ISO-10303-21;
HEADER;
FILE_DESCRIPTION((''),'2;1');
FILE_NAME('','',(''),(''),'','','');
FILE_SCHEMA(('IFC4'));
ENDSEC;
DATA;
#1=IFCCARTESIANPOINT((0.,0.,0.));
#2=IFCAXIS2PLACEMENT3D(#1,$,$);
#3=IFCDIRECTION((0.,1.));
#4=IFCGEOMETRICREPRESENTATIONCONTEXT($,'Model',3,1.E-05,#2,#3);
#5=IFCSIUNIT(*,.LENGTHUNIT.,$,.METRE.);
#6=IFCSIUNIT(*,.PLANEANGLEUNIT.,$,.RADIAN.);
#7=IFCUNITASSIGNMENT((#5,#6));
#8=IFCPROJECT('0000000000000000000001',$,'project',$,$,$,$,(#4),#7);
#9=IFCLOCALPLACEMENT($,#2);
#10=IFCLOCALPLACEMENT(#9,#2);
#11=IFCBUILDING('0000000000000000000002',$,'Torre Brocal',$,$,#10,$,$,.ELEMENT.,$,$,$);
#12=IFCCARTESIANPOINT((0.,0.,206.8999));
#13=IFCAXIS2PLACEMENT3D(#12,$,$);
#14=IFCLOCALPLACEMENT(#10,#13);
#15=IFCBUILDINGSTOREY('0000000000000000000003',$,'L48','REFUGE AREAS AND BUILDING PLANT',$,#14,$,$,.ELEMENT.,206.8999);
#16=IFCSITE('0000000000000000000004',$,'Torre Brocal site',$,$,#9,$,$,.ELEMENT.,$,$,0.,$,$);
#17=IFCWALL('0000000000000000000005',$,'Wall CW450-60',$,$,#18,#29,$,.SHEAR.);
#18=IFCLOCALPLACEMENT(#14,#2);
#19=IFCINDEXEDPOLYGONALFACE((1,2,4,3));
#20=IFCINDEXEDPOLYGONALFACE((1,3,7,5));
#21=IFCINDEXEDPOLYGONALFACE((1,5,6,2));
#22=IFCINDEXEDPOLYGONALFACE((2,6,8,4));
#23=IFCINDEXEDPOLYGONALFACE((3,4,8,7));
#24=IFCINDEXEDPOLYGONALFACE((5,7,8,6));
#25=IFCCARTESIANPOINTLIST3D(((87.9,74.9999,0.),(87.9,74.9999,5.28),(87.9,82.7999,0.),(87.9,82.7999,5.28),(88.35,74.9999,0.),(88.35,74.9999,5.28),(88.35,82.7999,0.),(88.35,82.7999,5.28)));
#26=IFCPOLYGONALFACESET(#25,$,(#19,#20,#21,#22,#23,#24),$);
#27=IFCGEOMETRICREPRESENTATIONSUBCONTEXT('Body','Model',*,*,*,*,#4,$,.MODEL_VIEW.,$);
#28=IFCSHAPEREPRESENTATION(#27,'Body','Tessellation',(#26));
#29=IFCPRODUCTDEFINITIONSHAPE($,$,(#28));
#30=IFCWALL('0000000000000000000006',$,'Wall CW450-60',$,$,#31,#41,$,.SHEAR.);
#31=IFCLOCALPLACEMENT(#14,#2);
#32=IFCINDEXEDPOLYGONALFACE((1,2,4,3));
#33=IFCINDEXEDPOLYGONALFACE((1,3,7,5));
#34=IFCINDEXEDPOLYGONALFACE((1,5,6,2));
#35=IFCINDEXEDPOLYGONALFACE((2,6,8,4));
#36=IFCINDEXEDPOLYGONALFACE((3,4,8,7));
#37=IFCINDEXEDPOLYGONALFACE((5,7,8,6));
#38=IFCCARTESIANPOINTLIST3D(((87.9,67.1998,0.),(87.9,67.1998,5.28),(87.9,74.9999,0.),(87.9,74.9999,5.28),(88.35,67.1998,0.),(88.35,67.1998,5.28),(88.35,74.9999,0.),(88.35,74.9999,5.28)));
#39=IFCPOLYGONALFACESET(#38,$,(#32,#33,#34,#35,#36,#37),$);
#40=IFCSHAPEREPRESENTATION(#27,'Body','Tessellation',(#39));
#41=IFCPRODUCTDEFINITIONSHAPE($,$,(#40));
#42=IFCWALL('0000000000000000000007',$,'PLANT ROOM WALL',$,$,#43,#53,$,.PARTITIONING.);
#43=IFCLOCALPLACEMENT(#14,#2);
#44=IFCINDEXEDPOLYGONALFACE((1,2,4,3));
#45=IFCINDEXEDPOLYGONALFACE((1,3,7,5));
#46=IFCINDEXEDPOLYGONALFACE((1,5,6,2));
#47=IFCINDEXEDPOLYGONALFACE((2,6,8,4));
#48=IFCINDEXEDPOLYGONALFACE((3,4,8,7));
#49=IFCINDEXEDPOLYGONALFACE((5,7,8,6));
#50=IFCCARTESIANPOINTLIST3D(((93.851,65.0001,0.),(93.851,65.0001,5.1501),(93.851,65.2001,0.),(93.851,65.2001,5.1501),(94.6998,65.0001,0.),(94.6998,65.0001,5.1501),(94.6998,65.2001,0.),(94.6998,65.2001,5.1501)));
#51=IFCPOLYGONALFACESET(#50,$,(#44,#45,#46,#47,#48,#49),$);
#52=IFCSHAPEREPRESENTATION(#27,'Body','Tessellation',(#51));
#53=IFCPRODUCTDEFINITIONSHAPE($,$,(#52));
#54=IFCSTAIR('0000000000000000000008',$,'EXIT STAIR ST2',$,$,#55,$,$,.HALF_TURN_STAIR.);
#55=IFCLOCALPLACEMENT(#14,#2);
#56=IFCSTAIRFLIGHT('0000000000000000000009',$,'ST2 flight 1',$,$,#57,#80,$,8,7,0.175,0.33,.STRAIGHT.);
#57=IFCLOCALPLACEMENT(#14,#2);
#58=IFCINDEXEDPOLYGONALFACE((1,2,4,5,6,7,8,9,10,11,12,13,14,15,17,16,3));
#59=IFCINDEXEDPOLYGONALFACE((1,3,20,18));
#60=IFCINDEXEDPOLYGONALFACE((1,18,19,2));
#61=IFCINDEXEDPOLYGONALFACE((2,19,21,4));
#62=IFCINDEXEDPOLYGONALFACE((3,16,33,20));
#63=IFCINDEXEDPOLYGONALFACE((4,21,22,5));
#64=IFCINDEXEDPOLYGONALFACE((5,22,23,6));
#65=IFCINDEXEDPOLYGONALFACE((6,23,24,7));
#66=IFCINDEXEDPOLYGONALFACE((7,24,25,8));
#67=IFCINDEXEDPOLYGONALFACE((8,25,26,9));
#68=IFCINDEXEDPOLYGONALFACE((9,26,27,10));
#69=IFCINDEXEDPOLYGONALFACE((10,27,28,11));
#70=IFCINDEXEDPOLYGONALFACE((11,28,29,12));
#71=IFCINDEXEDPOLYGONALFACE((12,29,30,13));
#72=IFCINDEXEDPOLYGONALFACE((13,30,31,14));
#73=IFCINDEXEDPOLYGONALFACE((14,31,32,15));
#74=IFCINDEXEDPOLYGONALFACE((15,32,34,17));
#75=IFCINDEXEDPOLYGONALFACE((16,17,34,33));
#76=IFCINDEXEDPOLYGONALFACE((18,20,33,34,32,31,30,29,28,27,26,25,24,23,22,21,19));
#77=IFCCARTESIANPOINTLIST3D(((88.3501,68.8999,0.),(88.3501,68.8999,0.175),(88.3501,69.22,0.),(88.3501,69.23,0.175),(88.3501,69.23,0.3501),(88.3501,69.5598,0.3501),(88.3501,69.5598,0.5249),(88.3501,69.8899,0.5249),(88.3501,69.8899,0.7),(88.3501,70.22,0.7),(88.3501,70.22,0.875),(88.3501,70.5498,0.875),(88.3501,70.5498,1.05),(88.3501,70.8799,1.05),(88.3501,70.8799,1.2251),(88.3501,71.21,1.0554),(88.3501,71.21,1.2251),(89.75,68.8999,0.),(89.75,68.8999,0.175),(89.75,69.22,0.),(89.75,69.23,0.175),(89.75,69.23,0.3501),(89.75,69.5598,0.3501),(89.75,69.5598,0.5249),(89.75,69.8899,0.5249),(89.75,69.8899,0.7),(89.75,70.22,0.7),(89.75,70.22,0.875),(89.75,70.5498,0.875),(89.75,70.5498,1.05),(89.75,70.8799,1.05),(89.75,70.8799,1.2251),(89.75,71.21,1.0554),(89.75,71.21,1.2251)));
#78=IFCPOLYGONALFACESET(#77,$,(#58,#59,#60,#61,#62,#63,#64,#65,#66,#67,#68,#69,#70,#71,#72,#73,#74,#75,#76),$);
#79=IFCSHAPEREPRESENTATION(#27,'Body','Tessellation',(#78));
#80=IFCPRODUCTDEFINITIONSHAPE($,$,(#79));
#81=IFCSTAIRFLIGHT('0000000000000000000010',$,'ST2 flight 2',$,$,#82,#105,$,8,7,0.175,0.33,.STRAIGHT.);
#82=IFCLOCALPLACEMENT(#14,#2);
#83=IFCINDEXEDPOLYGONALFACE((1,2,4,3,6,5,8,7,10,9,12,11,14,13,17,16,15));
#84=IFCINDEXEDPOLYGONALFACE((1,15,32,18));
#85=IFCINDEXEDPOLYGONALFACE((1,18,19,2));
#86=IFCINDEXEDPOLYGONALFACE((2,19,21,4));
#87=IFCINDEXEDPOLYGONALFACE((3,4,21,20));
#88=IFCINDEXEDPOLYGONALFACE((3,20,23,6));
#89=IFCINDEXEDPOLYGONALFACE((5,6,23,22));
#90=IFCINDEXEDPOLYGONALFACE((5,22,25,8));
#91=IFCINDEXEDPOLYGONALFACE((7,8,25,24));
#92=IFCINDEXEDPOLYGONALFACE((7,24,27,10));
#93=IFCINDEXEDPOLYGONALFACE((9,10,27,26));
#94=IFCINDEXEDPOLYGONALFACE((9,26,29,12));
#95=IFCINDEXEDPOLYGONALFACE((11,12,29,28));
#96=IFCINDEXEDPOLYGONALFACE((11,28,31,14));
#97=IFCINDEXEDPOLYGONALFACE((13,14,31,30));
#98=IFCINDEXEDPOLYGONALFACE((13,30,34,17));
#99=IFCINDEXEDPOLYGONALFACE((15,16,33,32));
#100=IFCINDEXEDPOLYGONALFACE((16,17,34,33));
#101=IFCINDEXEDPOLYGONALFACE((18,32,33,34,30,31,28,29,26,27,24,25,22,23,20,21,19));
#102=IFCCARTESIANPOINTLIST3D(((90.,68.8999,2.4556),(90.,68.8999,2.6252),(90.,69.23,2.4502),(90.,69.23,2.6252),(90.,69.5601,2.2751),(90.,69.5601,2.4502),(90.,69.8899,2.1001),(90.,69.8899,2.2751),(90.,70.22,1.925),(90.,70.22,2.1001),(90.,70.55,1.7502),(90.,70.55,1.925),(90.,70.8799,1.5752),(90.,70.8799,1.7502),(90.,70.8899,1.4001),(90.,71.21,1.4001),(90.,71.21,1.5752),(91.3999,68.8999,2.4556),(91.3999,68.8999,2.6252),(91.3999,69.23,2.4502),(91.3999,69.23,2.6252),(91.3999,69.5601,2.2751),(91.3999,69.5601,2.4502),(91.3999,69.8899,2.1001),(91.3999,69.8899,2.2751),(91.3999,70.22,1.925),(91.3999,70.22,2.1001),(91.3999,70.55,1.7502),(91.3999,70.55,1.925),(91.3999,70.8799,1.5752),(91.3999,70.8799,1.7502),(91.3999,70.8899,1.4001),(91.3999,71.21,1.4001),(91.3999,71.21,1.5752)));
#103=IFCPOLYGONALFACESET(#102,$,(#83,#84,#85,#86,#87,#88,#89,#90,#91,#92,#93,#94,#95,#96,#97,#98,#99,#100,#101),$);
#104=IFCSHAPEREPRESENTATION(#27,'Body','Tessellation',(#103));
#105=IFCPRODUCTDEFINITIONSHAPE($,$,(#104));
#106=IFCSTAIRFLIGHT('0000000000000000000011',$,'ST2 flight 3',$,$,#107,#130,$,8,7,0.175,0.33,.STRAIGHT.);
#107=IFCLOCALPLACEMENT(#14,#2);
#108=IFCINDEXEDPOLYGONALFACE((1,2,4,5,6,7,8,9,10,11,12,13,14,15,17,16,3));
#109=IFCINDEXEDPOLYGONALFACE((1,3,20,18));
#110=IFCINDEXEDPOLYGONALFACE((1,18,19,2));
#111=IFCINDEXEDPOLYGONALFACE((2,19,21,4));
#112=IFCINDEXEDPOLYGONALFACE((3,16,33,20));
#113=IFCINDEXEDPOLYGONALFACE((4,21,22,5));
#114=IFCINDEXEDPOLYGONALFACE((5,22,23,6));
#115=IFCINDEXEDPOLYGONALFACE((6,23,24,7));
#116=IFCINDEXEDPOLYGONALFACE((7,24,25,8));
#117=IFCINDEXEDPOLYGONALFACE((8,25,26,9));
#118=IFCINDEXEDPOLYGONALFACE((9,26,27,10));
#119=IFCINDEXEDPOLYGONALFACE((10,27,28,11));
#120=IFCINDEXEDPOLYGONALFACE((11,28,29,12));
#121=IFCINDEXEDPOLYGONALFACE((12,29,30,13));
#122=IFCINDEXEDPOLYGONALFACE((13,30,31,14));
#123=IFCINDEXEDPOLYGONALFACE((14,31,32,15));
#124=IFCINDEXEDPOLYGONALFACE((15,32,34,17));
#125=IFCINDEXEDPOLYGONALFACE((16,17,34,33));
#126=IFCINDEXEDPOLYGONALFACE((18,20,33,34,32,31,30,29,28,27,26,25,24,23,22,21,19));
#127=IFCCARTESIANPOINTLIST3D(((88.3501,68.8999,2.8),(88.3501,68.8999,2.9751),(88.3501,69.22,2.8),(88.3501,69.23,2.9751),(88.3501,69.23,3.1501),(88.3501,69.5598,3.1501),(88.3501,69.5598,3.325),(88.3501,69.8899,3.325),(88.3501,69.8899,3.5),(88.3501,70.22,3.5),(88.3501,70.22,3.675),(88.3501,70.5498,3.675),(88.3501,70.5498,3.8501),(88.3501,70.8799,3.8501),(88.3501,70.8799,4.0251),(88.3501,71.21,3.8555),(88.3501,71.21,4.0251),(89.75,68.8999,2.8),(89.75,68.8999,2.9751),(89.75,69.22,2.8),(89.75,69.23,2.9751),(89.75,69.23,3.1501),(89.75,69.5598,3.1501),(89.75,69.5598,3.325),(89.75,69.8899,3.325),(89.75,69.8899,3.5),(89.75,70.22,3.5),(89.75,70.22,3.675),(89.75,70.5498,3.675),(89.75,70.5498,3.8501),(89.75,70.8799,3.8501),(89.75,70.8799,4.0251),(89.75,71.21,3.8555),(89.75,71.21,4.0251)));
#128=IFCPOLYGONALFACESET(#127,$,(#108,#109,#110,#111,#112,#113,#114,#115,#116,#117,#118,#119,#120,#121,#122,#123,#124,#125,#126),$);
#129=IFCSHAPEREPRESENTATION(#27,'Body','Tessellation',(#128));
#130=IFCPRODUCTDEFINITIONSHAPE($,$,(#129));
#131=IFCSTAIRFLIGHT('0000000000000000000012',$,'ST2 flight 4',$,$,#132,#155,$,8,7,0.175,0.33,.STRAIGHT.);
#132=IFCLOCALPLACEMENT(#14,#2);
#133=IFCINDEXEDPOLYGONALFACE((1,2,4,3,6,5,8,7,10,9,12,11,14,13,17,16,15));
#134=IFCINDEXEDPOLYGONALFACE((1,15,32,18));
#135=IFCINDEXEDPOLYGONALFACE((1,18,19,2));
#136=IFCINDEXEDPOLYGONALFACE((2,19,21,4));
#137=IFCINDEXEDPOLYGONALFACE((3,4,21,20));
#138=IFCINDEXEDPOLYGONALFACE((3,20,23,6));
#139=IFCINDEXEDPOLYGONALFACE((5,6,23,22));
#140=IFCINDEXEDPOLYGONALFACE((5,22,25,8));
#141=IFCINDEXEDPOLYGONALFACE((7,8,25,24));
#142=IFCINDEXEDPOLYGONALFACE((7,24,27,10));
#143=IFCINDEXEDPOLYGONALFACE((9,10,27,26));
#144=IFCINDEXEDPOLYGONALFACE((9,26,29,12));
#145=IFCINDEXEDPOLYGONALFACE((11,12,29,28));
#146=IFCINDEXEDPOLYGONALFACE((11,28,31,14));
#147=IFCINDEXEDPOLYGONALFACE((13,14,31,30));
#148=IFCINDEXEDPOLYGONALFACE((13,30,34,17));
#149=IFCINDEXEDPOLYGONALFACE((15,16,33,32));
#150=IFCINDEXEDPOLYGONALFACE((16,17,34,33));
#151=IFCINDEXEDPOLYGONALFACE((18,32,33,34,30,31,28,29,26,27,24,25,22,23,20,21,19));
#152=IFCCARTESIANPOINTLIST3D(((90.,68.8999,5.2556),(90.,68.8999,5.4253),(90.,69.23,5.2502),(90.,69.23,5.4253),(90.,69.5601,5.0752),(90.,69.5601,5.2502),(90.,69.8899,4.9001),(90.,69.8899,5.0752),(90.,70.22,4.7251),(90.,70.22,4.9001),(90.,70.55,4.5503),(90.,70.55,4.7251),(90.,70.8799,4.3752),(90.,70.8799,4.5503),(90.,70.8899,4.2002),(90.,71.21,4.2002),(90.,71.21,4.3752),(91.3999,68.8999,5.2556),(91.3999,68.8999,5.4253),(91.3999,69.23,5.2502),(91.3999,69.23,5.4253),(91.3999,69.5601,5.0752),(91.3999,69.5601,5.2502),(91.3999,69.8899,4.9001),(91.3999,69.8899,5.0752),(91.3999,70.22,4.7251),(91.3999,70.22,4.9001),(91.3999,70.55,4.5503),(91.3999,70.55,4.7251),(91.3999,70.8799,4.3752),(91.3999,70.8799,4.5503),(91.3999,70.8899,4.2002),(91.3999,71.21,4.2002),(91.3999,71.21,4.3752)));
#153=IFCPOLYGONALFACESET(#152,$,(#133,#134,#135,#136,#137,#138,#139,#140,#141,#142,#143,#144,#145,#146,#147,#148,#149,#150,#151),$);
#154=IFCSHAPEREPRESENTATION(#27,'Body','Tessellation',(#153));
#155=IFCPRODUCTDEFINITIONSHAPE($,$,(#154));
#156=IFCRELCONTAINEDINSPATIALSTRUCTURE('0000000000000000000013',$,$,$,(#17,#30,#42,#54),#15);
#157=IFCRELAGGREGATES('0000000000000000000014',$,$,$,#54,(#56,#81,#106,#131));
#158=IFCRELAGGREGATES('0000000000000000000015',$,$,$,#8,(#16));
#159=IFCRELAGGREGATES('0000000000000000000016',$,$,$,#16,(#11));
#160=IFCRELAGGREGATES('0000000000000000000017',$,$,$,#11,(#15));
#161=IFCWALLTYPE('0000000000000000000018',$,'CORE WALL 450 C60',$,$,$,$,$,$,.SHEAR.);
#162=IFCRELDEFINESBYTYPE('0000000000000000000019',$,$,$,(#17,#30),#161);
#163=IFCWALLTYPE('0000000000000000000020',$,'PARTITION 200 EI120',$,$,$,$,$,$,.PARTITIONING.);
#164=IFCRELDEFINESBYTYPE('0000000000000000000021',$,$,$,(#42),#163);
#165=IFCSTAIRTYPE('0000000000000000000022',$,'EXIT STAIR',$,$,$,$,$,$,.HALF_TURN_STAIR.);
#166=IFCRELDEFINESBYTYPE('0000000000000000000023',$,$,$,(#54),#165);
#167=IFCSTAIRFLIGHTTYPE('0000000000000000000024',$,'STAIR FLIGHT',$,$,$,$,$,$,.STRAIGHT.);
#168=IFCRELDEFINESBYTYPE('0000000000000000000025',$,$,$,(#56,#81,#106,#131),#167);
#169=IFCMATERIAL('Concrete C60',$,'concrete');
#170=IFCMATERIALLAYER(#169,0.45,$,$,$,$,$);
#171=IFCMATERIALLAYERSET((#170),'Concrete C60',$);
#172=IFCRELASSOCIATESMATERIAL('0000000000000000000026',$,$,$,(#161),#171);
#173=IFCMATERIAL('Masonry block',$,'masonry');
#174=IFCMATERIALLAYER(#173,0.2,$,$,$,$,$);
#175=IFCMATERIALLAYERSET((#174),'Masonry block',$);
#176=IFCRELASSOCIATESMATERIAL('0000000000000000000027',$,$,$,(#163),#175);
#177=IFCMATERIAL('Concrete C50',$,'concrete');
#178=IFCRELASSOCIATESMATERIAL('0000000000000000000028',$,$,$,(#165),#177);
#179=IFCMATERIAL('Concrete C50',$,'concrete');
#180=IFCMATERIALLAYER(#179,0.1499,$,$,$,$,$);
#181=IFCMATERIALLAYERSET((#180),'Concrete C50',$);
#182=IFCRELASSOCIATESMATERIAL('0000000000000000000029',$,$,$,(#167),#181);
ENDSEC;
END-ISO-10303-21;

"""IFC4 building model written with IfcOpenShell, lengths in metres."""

from ifc_helpers import new_model, si_unit, direction, frame, frame_2d, origin, place, context, subcontext, project, spatial, polyline, rectangle, outline, extrude, material, layer, layer_set, type_object, element, aggregate, save


model = new_model("IFC4")

# Units and contexts
model_context = context("Model", 3, precision=1e-05, world=origin(), true_north=direction((0.0, 1.0)))
body_context = subcontext(model_context, "Body", "Model", "MODEL_VIEW")
ifc_project = project(units=[si_unit("LENGTHUNIT", "METRE"), si_unit("PLANEANGLEUNIT", "RADIAN")], contexts=[model_context])

# Site, building, storey
site_placement = place(None, origin())
site = spatial("IfcSite", under=ifc_project, at=site_placement, Name="Torre Brocal site", CompositionType="ELEMENT", RefElevation=0.0)
building_placement = place(site_placement, origin())
building = spatial("IfcBuilding", under=site, at=building_placement, Name="Torre Brocal", CompositionType="ELEMENT")
storey_placement = place(building_placement, frame((0.0, 0.0, 206.8999)))
storey = spatial("IfcBuildingStorey", under=building, at=storey_placement, Name="L48", Description="REFUGE AREAS AND BUILDING PLANT", CompositionType="ELEMENT", Elevation=206.8999)

# Walls
ifc_material_1 = material(Name="Concrete C60", Category="concrete")
ifc_layer_1 = layer(ifc_material_1, 0.45)
ifc_layer_set_1 = layer_set([ifc_layer_1], Name="Concrete C60")
wall_type_1 = type_object("IfcWallType", Name="CORE WALL 450 C60", PredefinedType="SHEAR", material=ifc_layer_set_1)
for number, where, z_axis, x_axis, name in (
    (1, (88.125, 75.0, 0.0), (0.0, 0.0, 1.0), (0.0, 1.0, 0.0), "Wall CW450-60"),
    (2, (88.125, 67.2, 0.0), (0.0, 0.0, 1.0), (0.0, 1.0, 0.0), "Wall CW450-60"),
):
    element("IfcWall", number, at=place(storey_placement, frame(where, z_axis=z_axis, x_axis=x_axis)), inside=storey, type_object=wall_type_1, Name=name, PredefinedType="SHEAR", context=body_context, shape_type="SweptSolid", body=[
        extrude(rectangle(XDim=7.8, YDim=0.45, at=frame_2d((3.8999, 0.0))), origin(), (0.0, 0.0, 1.0), 5.28),
    ])

# Wall
ifc_material_2 = material(Name="Masonry block", Category="masonry")
ifc_layer_2 = layer(ifc_material_2, 0.2)
ifc_layer_set_2 = layer_set([ifc_layer_2], Name="Masonry block")
wall_type_2 = type_object("IfcWallType", Name="PARTITION 200 EI120", PredefinedType="PARTITIONING", material=ifc_layer_set_2)
wall_1_placement = place(storey_placement, frame((93.8511, 65.1001, 0.0), z_axis=(0.0, 0.0, 1.0), x_axis=(1.0, 0.0, 0.0)))
element("IfcWall", 3, at=wall_1_placement, inside=storey, type_object=wall_type_2, Name="PLANT ROOM WALL", PredefinedType="PARTITIONING", context=body_context, shape_type="SweptSolid", body=[
    extrude(rectangle(XDim=0.8489, YDim=0.2, at=frame_2d((0.4243, 0.0))), origin(), (0.0, 0.0, 1.0), 5.1501),
])

# Stair, stair flights
ifc_material_3 = material(Name="Concrete C50", Category="concrete")
stair_type = type_object("IfcStairType", Name="EXIT STAIR", PredefinedType="HALF_TURN_STAIR", material=ifc_material_3)
stair_placement = place(storey_placement, origin())
stair = element("IfcStair", 4, at=stair_placement, inside=storey, type_object=stair_type, Name="EXIT STAIR ST2", PredefinedType="HALF_TURN_STAIR")
ifc_material_4 = material(Name="Concrete C50", Category="concrete")
ifc_layer_3 = layer(ifc_material_4, 0.1499)
ifc_layer_set_3 = layer_set([ifc_layer_3], Name="Concrete C50")
stair_flight_type = type_object("IfcStairFlightType", Name="STAIR FLIGHT", PredefinedType="STRAIGHT", material=ifc_layer_set_3)
stair_flight_1_placement = place(storey_placement, frame((89.05, 68.8999, 0.0), z_axis=(0.0, 0.0, 1.0), x_axis=(0.0, 1.0, 0.0)))
stair_flight_1 = element("IfcStairFlight", 5, at=stair_flight_1_placement, type_object=stair_flight_type, Name="ST2 flight 1", NumberOfRisers=8, NumberOfTreads=7, PredefinedType="STRAIGHT", RiserHeight=0.175, TreadLength=0.33, context=body_context, shape_type="SweptSolid", body=[
    extrude(outline(polyline([(0.0, 0.0), (0.0, 0.175), (0.3301, 0.175), (0.3301, 0.3501), (0.6599, 0.3501), (0.6599, 0.5249), (0.99, 0.5249), (0.99, 0.7), (1.3201, 0.7), (1.3201, 0.875), (1.6499, 0.875), (1.6499, 1.05), (1.98, 1.05), (1.98, 1.2251), (2.3101, 1.2251), (2.3101, 1.3999), (2.3101, 1.0554), (0.3201, 0.0), (0.0, 0.0)])), frame((0.0, 0.7, 0.0), z_axis=(0.0, -1.0, 0.0), x_axis=(1.0, 0.0, 0.0)), (0.0, 0.0, 1.0), 1.3999),
])
stair_flight_2_placement = place(storey_placement, frame((90.7, 71.21, 1.4001), z_axis=(0.0, 0.0, 1.0), x_axis=(0.0, -1.0, 0.0)))
stair_flight_2 = element("IfcStairFlight", 6, at=stair_flight_2_placement, type_object=stair_flight_type, Name="ST2 flight 2", NumberOfRisers=8, NumberOfTreads=7, PredefinedType="STRAIGHT", RiserHeight=0.175, TreadLength=0.33, context=body_context, shape_type="SweptSolid", body=[
    extrude(outline(polyline([(0.0, 0.0), (0.0, 0.175), (0.3301, 0.175), (0.3301, 0.3501), (0.6599, 0.3501), (0.6599, 0.5249), (0.99, 0.5249), (0.99, 0.7), (1.3201, 0.7), (1.3201, 0.875), (1.6499, 0.875), (1.6499, 1.05), (1.98, 1.05), (1.98, 1.2251), (2.3101, 1.2251), (2.3101, 1.3999), (2.3101, 1.0554), (0.3201, 0.0), (0.0, 0.0)])), frame((0.0, 0.7, 0.0), z_axis=(0.0, -1.0, 0.0), x_axis=(1.0, 0.0, 0.0)), (0.0, 0.0, 1.0), 1.3999),
])
stair_flight_3_placement = place(storey_placement, frame((89.05, 68.8999, 2.8), z_axis=(0.0, 0.0, 1.0), x_axis=(0.0, 1.0, 0.0)))
stair_flight_3 = element("IfcStairFlight", 7, at=stair_flight_3_placement, type_object=stair_flight_type, Name="ST2 flight 3", NumberOfRisers=8, NumberOfTreads=7, PredefinedType="STRAIGHT", RiserHeight=0.175, TreadLength=0.33, context=body_context, shape_type="SweptSolid", body=[
    extrude(outline(polyline([(0.0, 0.0), (0.0, 0.175), (0.3301, 0.175), (0.3301, 0.3501), (0.6599, 0.3501), (0.6599, 0.5249), (0.99, 0.5249), (0.99, 0.7), (1.3201, 0.7), (1.3201, 0.875), (1.6499, 0.875), (1.6499, 1.05), (1.98, 1.05), (1.98, 1.2251), (2.3101, 1.2251), (2.3101, 1.3999), (2.3101, 1.0554), (0.3201, 0.0), (0.0, 0.0)])), frame((0.0, 0.7, 0.0), z_axis=(0.0, -1.0, 0.0), x_axis=(1.0, 0.0, 0.0)), (0.0, 0.0, 1.0), 1.3999),
])
stair_flight_4_placement = place(storey_placement, frame((90.7, 71.21, 4.2002), z_axis=(0.0, 0.0, 1.0), x_axis=(0.0, -1.0, 0.0)))
stair_flight_4 = element("IfcStairFlight", 8, at=stair_flight_4_placement, type_object=stair_flight_type, Name="ST2 flight 4", NumberOfRisers=8, NumberOfTreads=7, PredefinedType="STRAIGHT", RiserHeight=0.175, TreadLength=0.33, context=body_context, shape_type="SweptSolid", body=[
    extrude(outline(polyline([(0.0, 0.0), (0.0, 0.175), (0.3301, 0.175), (0.3301, 0.3501), (0.6599, 0.3501), (0.6599, 0.5249), (0.99, 0.5249), (0.99, 0.7), (1.3201, 0.7), (1.3201, 0.875), (1.6499, 0.875), (1.6499, 1.05), (1.98, 1.05), (1.98, 1.2251), (2.3101, 1.2251), (2.3101, 1.3999), (2.3101, 1.0554), (0.3201, 0.0), (0.0, 0.0)])), frame((0.0, 0.7, 0.0), z_axis=(0.0, -1.0, 0.0), x_axis=(1.0, 0.0, 0.0)), (0.0, 0.0, 1.0), 1.3999),
])
aggregate(stair, [stair_flight_1, stair_flight_2, stair_flight_3, stair_flight_4])

save(model, "model.ifc")
